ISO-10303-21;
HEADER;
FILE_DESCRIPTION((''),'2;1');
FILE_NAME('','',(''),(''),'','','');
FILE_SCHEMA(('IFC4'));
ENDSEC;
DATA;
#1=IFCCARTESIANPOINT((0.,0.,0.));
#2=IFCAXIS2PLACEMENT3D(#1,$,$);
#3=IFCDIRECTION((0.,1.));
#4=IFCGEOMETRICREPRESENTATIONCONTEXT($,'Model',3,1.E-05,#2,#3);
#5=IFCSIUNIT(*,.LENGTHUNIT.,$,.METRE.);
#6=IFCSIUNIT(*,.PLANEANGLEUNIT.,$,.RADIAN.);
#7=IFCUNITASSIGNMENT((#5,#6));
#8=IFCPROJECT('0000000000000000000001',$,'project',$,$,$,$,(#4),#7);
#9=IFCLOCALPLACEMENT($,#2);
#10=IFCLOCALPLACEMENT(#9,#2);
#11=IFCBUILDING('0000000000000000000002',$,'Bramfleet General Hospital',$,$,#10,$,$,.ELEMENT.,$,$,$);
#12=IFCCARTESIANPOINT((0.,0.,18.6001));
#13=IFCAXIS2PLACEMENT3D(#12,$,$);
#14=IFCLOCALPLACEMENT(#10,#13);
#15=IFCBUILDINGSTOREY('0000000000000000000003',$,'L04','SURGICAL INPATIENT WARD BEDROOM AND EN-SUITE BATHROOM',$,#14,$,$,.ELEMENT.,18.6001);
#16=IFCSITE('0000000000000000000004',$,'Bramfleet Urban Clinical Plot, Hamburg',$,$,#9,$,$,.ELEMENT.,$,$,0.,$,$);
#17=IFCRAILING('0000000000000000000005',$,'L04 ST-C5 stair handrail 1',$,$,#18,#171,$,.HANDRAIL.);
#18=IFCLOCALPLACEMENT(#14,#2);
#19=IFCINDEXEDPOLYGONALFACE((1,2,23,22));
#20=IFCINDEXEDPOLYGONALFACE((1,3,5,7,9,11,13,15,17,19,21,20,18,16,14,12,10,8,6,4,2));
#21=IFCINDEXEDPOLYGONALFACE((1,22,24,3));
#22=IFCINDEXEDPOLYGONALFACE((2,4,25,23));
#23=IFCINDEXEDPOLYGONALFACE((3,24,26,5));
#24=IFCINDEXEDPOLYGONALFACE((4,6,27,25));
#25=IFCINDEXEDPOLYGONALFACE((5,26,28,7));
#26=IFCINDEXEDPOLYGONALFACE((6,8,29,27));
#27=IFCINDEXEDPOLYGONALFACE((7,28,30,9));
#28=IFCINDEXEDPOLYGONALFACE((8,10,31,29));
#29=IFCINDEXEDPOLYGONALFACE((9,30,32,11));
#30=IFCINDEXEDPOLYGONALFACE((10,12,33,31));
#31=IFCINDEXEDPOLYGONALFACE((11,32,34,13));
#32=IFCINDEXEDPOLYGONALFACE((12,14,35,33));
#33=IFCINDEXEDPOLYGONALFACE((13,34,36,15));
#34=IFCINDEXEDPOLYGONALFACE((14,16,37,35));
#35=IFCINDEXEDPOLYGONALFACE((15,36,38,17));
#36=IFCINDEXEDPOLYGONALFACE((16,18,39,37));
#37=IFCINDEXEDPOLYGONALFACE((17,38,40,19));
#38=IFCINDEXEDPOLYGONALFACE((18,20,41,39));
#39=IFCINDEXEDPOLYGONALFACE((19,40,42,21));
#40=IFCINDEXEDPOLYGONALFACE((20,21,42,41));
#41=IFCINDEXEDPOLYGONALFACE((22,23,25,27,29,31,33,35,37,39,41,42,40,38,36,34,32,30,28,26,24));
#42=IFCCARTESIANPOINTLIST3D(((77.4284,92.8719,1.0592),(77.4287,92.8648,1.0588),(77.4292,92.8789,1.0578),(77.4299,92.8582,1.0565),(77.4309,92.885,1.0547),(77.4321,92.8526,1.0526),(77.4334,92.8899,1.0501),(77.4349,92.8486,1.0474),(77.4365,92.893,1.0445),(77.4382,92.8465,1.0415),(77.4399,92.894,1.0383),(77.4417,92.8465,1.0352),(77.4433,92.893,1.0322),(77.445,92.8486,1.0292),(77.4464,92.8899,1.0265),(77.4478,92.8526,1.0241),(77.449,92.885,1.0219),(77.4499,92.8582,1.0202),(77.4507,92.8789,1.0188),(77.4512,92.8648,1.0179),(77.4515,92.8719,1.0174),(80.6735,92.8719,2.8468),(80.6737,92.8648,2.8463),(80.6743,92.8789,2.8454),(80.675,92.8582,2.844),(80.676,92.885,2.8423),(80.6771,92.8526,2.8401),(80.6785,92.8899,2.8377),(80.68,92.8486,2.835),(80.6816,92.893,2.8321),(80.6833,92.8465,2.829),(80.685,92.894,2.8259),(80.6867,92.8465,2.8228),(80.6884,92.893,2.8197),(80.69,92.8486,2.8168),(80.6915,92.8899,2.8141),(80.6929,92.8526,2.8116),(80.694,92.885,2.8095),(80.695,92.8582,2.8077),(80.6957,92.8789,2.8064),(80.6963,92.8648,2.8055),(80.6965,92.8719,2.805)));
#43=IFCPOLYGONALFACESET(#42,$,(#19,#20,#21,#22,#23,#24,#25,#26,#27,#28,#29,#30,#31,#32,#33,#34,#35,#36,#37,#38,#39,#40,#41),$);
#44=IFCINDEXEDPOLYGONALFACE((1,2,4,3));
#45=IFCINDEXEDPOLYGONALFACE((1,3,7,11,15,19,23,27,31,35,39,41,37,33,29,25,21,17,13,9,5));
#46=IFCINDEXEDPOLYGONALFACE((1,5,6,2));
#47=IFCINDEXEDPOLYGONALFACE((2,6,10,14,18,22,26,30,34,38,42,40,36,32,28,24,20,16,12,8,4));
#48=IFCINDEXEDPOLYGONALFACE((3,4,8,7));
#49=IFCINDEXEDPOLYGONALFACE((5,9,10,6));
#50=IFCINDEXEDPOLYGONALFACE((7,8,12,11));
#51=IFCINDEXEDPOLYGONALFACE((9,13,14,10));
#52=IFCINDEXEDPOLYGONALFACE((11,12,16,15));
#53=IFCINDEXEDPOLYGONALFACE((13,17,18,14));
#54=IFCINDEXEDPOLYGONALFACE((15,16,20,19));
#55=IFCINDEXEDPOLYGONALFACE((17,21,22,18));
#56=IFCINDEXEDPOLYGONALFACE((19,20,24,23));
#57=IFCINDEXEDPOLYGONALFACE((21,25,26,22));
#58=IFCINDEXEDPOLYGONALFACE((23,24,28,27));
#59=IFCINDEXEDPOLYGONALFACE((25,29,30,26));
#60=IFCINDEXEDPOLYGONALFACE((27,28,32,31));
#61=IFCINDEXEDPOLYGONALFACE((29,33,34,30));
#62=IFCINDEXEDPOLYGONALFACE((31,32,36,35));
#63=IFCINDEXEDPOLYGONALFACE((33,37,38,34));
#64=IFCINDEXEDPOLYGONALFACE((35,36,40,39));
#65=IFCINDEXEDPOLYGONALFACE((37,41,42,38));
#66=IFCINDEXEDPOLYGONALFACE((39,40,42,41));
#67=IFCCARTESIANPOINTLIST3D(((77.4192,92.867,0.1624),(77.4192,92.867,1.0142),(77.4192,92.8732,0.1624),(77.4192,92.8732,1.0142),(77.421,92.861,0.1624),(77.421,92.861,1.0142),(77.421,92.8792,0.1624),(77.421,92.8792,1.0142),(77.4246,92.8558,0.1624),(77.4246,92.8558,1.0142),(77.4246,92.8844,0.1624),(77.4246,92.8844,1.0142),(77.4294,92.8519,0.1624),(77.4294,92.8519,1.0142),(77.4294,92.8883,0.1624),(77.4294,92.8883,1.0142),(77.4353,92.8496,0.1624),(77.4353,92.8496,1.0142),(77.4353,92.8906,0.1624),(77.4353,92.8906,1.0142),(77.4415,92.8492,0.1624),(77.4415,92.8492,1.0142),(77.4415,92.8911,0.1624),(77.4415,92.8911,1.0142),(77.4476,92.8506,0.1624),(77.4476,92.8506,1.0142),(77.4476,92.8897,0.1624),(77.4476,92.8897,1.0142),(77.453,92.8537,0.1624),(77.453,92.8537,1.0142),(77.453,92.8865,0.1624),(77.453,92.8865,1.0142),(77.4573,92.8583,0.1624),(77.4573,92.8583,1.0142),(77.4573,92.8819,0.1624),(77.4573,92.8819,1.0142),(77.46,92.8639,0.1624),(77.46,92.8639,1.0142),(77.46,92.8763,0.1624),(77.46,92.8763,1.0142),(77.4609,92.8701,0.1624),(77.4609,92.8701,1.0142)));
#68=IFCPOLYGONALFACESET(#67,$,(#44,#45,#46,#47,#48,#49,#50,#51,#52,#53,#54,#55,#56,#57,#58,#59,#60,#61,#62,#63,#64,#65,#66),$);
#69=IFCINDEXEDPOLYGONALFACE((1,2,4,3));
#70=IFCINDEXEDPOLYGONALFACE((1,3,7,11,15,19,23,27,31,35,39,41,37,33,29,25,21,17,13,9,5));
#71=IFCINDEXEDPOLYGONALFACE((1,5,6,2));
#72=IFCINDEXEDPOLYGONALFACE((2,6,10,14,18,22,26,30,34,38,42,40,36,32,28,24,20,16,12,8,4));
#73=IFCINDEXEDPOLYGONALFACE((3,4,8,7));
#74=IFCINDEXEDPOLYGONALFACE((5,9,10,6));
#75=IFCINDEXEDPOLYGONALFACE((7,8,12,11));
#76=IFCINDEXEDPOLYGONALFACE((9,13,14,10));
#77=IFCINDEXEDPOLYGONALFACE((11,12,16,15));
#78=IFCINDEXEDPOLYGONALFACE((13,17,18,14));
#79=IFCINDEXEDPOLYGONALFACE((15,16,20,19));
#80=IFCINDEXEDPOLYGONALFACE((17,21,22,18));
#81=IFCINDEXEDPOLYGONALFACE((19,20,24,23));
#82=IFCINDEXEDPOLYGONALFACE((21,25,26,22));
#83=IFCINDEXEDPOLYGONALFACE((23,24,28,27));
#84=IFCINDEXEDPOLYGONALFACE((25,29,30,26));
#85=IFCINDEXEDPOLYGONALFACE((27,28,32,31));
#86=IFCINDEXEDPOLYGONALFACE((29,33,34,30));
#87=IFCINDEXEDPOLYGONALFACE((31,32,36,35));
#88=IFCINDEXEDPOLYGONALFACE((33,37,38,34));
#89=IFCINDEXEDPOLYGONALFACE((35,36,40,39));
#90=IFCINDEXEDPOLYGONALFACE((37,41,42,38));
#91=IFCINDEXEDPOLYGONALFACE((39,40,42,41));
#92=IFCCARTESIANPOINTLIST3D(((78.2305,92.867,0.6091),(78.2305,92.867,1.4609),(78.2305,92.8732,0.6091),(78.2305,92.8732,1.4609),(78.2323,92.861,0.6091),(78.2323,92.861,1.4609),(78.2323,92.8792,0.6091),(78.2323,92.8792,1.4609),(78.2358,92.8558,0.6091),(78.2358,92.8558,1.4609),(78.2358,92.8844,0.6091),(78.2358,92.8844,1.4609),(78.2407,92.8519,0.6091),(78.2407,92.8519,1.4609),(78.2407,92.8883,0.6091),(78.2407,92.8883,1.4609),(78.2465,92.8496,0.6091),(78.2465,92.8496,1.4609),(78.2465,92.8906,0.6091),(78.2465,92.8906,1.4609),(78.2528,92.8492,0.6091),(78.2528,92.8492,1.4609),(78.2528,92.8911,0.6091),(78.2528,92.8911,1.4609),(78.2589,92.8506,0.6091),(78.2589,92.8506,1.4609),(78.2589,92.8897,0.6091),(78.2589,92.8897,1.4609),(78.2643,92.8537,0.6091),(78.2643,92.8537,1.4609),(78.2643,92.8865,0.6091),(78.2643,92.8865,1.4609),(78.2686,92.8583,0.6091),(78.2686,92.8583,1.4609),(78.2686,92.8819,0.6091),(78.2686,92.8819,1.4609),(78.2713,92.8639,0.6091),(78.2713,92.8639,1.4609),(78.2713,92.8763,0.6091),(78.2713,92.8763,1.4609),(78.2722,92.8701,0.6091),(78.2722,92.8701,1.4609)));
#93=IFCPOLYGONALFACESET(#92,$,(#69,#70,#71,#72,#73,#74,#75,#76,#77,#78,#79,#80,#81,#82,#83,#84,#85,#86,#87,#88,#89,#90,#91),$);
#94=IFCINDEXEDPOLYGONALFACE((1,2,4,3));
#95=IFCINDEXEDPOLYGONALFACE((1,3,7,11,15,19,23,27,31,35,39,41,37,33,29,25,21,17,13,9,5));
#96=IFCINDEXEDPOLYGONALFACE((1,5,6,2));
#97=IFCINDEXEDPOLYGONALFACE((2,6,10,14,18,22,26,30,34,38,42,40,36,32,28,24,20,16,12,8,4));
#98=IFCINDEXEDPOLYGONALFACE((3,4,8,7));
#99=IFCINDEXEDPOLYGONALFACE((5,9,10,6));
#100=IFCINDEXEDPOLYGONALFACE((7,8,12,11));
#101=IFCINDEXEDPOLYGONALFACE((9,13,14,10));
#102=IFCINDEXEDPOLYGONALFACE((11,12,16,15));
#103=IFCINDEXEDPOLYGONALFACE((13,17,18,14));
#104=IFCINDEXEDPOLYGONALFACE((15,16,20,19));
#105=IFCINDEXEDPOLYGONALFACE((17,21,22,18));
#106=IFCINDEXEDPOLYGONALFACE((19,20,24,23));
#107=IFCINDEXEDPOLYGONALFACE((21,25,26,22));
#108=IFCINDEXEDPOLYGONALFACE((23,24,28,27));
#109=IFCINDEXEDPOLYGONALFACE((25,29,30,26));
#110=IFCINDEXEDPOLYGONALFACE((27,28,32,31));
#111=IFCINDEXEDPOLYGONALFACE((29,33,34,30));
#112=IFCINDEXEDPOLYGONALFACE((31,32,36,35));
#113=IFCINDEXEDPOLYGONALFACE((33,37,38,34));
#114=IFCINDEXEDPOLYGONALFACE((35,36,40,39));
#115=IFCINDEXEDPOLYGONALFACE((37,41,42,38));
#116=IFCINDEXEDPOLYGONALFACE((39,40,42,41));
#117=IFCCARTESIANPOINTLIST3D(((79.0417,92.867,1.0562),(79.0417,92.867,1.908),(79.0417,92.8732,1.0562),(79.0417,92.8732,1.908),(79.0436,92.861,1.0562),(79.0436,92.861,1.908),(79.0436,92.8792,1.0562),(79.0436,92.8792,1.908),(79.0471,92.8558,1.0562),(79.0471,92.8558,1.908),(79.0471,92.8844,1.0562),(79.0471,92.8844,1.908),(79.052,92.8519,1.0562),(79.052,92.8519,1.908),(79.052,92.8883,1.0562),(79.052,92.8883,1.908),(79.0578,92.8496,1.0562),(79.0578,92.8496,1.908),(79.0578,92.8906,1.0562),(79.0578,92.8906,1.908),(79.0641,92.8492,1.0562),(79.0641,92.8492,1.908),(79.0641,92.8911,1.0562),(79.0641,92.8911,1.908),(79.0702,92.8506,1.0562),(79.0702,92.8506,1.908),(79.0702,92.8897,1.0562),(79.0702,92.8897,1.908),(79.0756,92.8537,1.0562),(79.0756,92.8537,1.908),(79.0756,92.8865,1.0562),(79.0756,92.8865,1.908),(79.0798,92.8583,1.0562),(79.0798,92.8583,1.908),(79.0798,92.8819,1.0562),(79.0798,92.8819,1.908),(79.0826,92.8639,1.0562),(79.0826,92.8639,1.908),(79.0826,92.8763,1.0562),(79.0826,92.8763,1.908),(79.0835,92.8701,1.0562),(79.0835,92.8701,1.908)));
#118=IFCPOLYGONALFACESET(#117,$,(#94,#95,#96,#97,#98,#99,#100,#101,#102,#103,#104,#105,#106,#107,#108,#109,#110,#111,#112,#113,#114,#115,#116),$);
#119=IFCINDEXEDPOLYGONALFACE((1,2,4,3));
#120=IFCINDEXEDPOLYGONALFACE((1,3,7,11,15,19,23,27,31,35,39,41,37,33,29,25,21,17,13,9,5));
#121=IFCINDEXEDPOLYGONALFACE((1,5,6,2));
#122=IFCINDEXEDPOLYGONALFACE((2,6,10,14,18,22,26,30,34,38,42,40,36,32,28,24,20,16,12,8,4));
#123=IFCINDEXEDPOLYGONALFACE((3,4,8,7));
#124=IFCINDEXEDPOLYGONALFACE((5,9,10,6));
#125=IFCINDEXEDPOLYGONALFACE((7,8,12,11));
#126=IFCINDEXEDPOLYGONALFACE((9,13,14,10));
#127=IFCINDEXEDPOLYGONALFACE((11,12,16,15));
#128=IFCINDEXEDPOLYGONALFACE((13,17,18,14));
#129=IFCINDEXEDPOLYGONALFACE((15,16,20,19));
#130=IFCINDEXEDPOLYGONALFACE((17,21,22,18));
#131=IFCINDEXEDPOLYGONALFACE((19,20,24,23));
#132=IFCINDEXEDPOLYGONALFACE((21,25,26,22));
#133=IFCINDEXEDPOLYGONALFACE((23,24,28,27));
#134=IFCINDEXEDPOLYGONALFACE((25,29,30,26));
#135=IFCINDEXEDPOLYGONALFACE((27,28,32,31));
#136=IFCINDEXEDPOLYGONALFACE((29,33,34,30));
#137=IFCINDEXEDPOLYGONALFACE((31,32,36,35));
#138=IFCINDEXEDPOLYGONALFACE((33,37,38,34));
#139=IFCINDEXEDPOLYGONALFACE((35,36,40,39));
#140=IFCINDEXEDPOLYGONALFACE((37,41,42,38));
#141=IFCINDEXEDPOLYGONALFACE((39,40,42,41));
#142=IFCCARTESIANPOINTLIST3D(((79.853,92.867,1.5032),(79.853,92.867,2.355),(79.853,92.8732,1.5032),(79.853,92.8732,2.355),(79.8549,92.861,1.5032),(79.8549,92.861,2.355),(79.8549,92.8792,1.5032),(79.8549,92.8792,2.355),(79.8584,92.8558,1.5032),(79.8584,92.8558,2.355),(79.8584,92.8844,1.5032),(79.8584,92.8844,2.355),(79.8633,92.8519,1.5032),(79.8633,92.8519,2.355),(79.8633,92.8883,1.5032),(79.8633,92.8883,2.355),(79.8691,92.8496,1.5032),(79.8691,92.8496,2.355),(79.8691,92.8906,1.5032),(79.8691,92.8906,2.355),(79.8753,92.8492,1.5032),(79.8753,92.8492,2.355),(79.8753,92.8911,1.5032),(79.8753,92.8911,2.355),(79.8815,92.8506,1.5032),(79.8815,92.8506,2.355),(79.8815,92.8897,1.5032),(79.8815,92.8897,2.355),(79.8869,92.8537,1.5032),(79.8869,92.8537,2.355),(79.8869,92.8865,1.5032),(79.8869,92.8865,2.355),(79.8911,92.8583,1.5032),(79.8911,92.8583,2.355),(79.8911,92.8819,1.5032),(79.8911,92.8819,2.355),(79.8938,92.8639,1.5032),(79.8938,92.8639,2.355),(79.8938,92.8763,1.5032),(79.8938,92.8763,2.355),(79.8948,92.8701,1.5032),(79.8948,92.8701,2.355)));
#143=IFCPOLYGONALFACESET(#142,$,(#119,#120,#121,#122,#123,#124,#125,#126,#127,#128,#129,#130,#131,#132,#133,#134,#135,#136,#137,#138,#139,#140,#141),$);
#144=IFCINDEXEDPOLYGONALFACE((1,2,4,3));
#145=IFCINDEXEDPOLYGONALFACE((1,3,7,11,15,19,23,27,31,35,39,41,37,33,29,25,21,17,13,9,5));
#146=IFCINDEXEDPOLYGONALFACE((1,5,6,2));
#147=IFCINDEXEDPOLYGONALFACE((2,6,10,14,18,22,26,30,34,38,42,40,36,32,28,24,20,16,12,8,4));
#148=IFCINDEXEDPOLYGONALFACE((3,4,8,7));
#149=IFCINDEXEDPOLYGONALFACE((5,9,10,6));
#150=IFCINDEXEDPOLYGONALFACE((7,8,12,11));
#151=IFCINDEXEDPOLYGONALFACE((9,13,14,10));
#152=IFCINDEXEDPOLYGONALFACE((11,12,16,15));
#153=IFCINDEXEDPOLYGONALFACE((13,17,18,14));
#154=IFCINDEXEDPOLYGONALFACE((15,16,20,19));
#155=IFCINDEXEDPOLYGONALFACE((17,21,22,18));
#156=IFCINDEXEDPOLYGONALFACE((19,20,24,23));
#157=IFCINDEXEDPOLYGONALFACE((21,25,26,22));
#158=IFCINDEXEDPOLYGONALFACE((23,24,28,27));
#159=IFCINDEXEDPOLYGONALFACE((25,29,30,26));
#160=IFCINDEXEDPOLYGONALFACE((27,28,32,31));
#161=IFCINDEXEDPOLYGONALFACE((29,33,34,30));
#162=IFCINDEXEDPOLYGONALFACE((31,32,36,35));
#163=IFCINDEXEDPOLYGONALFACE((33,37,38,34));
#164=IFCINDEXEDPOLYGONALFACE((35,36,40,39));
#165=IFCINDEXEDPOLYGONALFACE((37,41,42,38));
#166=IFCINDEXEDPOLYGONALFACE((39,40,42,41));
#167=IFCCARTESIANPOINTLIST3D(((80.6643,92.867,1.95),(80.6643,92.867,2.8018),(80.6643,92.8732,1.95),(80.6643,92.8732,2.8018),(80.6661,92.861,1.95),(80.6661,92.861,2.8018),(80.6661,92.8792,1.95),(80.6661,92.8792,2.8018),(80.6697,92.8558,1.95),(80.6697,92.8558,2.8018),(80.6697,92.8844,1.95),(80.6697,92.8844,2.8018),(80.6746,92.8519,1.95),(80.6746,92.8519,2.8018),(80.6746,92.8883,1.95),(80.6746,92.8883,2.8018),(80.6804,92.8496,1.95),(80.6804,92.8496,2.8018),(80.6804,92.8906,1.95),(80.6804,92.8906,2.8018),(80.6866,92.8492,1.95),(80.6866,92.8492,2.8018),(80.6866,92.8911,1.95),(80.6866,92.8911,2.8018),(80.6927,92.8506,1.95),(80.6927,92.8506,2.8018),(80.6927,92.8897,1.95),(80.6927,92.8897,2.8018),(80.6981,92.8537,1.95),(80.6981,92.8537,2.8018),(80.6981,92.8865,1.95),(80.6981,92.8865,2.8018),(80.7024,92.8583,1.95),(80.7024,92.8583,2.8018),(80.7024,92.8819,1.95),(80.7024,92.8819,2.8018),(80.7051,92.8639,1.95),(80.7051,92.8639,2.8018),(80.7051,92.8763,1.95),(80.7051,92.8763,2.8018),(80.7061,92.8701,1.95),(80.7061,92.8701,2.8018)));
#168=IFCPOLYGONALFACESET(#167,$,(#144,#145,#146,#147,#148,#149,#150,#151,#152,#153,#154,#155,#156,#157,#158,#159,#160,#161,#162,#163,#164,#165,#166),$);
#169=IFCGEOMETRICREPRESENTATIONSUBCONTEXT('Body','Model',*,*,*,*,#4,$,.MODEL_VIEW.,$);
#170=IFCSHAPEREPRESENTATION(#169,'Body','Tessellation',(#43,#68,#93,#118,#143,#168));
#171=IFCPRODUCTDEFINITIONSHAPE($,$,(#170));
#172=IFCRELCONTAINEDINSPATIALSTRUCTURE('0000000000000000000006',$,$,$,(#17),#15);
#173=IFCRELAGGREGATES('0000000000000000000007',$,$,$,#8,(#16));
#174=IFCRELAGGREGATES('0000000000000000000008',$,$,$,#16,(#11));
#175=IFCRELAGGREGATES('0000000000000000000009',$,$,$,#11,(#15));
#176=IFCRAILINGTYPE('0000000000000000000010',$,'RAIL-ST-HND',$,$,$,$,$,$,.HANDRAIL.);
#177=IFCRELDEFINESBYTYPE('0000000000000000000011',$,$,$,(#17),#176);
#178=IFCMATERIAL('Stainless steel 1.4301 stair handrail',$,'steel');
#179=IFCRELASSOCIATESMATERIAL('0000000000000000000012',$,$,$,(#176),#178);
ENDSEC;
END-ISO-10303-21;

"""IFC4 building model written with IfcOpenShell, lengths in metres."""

from ifc_helpers import new_model, si_unit, direction, frame, origin, origin_2d, place, context, subcontext, project, spatial, circle, extrude, material, type_object, element, save


model = new_model("IFC4")

# Units and contexts
model_context = context("Model", 3, precision=1e-05, world=origin(), true_north=direction((0.0, 1.0)))
body_context = subcontext(model_context, "Body", "Model", "MODEL_VIEW")
ifc_project = project(units=[si_unit("LENGTHUNIT", "METRE"), si_unit("PLANEANGLEUNIT", "RADIAN")], contexts=[model_context])

# Site, building, storey
site_placement = place(None, origin())
site = spatial("IfcSite", under=ifc_project, at=site_placement, Name="Bramfleet Urban Clinical Plot, Hamburg", CompositionType="ELEMENT", RefElevation=0.0)
building_placement = place(site_placement, origin())
building = spatial("IfcBuilding", under=site, at=building_placement, Name="Bramfleet General Hospital", CompositionType="ELEMENT")
storey_placement = place(building_placement, frame((0.0, 0.0, 18.6001)))
storey = spatial("IfcBuildingStorey", under=building, at=storey_placement, Name="L04", Description="SURGICAL INPATIENT WARD BEDROOM AND EN-SUITE BATHROOM", CompositionType="ELEMENT", Elevation=18.6001)

# Railing
ifc_material_1 = material(Name="Stainless steel 1.4301 stair handrail", Category="steel")
railing_type_1 = type_object("IfcRailingType", Name="RAIL-ST-HND", PredefinedType="HANDRAIL", material=ifc_material_1)
railing_1_placement = place(storey_placement, frame((77.4399, 92.8701, 0.1624)))
element("IfcRailing", 1, at=railing_1_placement, inside=storey, type_object=railing_type_1, Name="L04 ST-C5 stair handrail 1", PredefinedType="HANDRAIL", context=body_context, shape_type="SweptSolid", body=[
    extrude(circle(Radius=0.0239, at=origin_2d()), frame((0.0, 0.0, 0.876), z_axis=(0.875899, 0.0, 0.482495), x_axis=(0.0, 1.0, 0.0)), (0.0, 0.0, 1.0), 3.7048),
    extrude(circle(Radius=0.021, at=origin_2d()), origin(), (0.0, 0.0, 1.0), 0.8518),
    extrude(circle(Radius=0.021, at=origin_2d()), frame((0.8113, 0.0, 0.4468)), (0.0, 0.0, 1.0), 0.8518),
    extrude(circle(Radius=0.021, at=origin_2d()), frame((1.6226, 0.0, 0.8938)), (0.0, 0.0, 1.0), 0.8518),
    extrude(circle(Radius=0.021, at=origin_2d()), frame((2.4338, 0.0, 1.3408)), (0.0, 0.0, 1.0), 0.8518),
    extrude(circle(Radius=0.021, at=origin_2d()), frame((3.2451, 0.0, 1.7876)), (0.0, 0.0, 1.0), 0.8518),
])

save(model, "model.ifc")
